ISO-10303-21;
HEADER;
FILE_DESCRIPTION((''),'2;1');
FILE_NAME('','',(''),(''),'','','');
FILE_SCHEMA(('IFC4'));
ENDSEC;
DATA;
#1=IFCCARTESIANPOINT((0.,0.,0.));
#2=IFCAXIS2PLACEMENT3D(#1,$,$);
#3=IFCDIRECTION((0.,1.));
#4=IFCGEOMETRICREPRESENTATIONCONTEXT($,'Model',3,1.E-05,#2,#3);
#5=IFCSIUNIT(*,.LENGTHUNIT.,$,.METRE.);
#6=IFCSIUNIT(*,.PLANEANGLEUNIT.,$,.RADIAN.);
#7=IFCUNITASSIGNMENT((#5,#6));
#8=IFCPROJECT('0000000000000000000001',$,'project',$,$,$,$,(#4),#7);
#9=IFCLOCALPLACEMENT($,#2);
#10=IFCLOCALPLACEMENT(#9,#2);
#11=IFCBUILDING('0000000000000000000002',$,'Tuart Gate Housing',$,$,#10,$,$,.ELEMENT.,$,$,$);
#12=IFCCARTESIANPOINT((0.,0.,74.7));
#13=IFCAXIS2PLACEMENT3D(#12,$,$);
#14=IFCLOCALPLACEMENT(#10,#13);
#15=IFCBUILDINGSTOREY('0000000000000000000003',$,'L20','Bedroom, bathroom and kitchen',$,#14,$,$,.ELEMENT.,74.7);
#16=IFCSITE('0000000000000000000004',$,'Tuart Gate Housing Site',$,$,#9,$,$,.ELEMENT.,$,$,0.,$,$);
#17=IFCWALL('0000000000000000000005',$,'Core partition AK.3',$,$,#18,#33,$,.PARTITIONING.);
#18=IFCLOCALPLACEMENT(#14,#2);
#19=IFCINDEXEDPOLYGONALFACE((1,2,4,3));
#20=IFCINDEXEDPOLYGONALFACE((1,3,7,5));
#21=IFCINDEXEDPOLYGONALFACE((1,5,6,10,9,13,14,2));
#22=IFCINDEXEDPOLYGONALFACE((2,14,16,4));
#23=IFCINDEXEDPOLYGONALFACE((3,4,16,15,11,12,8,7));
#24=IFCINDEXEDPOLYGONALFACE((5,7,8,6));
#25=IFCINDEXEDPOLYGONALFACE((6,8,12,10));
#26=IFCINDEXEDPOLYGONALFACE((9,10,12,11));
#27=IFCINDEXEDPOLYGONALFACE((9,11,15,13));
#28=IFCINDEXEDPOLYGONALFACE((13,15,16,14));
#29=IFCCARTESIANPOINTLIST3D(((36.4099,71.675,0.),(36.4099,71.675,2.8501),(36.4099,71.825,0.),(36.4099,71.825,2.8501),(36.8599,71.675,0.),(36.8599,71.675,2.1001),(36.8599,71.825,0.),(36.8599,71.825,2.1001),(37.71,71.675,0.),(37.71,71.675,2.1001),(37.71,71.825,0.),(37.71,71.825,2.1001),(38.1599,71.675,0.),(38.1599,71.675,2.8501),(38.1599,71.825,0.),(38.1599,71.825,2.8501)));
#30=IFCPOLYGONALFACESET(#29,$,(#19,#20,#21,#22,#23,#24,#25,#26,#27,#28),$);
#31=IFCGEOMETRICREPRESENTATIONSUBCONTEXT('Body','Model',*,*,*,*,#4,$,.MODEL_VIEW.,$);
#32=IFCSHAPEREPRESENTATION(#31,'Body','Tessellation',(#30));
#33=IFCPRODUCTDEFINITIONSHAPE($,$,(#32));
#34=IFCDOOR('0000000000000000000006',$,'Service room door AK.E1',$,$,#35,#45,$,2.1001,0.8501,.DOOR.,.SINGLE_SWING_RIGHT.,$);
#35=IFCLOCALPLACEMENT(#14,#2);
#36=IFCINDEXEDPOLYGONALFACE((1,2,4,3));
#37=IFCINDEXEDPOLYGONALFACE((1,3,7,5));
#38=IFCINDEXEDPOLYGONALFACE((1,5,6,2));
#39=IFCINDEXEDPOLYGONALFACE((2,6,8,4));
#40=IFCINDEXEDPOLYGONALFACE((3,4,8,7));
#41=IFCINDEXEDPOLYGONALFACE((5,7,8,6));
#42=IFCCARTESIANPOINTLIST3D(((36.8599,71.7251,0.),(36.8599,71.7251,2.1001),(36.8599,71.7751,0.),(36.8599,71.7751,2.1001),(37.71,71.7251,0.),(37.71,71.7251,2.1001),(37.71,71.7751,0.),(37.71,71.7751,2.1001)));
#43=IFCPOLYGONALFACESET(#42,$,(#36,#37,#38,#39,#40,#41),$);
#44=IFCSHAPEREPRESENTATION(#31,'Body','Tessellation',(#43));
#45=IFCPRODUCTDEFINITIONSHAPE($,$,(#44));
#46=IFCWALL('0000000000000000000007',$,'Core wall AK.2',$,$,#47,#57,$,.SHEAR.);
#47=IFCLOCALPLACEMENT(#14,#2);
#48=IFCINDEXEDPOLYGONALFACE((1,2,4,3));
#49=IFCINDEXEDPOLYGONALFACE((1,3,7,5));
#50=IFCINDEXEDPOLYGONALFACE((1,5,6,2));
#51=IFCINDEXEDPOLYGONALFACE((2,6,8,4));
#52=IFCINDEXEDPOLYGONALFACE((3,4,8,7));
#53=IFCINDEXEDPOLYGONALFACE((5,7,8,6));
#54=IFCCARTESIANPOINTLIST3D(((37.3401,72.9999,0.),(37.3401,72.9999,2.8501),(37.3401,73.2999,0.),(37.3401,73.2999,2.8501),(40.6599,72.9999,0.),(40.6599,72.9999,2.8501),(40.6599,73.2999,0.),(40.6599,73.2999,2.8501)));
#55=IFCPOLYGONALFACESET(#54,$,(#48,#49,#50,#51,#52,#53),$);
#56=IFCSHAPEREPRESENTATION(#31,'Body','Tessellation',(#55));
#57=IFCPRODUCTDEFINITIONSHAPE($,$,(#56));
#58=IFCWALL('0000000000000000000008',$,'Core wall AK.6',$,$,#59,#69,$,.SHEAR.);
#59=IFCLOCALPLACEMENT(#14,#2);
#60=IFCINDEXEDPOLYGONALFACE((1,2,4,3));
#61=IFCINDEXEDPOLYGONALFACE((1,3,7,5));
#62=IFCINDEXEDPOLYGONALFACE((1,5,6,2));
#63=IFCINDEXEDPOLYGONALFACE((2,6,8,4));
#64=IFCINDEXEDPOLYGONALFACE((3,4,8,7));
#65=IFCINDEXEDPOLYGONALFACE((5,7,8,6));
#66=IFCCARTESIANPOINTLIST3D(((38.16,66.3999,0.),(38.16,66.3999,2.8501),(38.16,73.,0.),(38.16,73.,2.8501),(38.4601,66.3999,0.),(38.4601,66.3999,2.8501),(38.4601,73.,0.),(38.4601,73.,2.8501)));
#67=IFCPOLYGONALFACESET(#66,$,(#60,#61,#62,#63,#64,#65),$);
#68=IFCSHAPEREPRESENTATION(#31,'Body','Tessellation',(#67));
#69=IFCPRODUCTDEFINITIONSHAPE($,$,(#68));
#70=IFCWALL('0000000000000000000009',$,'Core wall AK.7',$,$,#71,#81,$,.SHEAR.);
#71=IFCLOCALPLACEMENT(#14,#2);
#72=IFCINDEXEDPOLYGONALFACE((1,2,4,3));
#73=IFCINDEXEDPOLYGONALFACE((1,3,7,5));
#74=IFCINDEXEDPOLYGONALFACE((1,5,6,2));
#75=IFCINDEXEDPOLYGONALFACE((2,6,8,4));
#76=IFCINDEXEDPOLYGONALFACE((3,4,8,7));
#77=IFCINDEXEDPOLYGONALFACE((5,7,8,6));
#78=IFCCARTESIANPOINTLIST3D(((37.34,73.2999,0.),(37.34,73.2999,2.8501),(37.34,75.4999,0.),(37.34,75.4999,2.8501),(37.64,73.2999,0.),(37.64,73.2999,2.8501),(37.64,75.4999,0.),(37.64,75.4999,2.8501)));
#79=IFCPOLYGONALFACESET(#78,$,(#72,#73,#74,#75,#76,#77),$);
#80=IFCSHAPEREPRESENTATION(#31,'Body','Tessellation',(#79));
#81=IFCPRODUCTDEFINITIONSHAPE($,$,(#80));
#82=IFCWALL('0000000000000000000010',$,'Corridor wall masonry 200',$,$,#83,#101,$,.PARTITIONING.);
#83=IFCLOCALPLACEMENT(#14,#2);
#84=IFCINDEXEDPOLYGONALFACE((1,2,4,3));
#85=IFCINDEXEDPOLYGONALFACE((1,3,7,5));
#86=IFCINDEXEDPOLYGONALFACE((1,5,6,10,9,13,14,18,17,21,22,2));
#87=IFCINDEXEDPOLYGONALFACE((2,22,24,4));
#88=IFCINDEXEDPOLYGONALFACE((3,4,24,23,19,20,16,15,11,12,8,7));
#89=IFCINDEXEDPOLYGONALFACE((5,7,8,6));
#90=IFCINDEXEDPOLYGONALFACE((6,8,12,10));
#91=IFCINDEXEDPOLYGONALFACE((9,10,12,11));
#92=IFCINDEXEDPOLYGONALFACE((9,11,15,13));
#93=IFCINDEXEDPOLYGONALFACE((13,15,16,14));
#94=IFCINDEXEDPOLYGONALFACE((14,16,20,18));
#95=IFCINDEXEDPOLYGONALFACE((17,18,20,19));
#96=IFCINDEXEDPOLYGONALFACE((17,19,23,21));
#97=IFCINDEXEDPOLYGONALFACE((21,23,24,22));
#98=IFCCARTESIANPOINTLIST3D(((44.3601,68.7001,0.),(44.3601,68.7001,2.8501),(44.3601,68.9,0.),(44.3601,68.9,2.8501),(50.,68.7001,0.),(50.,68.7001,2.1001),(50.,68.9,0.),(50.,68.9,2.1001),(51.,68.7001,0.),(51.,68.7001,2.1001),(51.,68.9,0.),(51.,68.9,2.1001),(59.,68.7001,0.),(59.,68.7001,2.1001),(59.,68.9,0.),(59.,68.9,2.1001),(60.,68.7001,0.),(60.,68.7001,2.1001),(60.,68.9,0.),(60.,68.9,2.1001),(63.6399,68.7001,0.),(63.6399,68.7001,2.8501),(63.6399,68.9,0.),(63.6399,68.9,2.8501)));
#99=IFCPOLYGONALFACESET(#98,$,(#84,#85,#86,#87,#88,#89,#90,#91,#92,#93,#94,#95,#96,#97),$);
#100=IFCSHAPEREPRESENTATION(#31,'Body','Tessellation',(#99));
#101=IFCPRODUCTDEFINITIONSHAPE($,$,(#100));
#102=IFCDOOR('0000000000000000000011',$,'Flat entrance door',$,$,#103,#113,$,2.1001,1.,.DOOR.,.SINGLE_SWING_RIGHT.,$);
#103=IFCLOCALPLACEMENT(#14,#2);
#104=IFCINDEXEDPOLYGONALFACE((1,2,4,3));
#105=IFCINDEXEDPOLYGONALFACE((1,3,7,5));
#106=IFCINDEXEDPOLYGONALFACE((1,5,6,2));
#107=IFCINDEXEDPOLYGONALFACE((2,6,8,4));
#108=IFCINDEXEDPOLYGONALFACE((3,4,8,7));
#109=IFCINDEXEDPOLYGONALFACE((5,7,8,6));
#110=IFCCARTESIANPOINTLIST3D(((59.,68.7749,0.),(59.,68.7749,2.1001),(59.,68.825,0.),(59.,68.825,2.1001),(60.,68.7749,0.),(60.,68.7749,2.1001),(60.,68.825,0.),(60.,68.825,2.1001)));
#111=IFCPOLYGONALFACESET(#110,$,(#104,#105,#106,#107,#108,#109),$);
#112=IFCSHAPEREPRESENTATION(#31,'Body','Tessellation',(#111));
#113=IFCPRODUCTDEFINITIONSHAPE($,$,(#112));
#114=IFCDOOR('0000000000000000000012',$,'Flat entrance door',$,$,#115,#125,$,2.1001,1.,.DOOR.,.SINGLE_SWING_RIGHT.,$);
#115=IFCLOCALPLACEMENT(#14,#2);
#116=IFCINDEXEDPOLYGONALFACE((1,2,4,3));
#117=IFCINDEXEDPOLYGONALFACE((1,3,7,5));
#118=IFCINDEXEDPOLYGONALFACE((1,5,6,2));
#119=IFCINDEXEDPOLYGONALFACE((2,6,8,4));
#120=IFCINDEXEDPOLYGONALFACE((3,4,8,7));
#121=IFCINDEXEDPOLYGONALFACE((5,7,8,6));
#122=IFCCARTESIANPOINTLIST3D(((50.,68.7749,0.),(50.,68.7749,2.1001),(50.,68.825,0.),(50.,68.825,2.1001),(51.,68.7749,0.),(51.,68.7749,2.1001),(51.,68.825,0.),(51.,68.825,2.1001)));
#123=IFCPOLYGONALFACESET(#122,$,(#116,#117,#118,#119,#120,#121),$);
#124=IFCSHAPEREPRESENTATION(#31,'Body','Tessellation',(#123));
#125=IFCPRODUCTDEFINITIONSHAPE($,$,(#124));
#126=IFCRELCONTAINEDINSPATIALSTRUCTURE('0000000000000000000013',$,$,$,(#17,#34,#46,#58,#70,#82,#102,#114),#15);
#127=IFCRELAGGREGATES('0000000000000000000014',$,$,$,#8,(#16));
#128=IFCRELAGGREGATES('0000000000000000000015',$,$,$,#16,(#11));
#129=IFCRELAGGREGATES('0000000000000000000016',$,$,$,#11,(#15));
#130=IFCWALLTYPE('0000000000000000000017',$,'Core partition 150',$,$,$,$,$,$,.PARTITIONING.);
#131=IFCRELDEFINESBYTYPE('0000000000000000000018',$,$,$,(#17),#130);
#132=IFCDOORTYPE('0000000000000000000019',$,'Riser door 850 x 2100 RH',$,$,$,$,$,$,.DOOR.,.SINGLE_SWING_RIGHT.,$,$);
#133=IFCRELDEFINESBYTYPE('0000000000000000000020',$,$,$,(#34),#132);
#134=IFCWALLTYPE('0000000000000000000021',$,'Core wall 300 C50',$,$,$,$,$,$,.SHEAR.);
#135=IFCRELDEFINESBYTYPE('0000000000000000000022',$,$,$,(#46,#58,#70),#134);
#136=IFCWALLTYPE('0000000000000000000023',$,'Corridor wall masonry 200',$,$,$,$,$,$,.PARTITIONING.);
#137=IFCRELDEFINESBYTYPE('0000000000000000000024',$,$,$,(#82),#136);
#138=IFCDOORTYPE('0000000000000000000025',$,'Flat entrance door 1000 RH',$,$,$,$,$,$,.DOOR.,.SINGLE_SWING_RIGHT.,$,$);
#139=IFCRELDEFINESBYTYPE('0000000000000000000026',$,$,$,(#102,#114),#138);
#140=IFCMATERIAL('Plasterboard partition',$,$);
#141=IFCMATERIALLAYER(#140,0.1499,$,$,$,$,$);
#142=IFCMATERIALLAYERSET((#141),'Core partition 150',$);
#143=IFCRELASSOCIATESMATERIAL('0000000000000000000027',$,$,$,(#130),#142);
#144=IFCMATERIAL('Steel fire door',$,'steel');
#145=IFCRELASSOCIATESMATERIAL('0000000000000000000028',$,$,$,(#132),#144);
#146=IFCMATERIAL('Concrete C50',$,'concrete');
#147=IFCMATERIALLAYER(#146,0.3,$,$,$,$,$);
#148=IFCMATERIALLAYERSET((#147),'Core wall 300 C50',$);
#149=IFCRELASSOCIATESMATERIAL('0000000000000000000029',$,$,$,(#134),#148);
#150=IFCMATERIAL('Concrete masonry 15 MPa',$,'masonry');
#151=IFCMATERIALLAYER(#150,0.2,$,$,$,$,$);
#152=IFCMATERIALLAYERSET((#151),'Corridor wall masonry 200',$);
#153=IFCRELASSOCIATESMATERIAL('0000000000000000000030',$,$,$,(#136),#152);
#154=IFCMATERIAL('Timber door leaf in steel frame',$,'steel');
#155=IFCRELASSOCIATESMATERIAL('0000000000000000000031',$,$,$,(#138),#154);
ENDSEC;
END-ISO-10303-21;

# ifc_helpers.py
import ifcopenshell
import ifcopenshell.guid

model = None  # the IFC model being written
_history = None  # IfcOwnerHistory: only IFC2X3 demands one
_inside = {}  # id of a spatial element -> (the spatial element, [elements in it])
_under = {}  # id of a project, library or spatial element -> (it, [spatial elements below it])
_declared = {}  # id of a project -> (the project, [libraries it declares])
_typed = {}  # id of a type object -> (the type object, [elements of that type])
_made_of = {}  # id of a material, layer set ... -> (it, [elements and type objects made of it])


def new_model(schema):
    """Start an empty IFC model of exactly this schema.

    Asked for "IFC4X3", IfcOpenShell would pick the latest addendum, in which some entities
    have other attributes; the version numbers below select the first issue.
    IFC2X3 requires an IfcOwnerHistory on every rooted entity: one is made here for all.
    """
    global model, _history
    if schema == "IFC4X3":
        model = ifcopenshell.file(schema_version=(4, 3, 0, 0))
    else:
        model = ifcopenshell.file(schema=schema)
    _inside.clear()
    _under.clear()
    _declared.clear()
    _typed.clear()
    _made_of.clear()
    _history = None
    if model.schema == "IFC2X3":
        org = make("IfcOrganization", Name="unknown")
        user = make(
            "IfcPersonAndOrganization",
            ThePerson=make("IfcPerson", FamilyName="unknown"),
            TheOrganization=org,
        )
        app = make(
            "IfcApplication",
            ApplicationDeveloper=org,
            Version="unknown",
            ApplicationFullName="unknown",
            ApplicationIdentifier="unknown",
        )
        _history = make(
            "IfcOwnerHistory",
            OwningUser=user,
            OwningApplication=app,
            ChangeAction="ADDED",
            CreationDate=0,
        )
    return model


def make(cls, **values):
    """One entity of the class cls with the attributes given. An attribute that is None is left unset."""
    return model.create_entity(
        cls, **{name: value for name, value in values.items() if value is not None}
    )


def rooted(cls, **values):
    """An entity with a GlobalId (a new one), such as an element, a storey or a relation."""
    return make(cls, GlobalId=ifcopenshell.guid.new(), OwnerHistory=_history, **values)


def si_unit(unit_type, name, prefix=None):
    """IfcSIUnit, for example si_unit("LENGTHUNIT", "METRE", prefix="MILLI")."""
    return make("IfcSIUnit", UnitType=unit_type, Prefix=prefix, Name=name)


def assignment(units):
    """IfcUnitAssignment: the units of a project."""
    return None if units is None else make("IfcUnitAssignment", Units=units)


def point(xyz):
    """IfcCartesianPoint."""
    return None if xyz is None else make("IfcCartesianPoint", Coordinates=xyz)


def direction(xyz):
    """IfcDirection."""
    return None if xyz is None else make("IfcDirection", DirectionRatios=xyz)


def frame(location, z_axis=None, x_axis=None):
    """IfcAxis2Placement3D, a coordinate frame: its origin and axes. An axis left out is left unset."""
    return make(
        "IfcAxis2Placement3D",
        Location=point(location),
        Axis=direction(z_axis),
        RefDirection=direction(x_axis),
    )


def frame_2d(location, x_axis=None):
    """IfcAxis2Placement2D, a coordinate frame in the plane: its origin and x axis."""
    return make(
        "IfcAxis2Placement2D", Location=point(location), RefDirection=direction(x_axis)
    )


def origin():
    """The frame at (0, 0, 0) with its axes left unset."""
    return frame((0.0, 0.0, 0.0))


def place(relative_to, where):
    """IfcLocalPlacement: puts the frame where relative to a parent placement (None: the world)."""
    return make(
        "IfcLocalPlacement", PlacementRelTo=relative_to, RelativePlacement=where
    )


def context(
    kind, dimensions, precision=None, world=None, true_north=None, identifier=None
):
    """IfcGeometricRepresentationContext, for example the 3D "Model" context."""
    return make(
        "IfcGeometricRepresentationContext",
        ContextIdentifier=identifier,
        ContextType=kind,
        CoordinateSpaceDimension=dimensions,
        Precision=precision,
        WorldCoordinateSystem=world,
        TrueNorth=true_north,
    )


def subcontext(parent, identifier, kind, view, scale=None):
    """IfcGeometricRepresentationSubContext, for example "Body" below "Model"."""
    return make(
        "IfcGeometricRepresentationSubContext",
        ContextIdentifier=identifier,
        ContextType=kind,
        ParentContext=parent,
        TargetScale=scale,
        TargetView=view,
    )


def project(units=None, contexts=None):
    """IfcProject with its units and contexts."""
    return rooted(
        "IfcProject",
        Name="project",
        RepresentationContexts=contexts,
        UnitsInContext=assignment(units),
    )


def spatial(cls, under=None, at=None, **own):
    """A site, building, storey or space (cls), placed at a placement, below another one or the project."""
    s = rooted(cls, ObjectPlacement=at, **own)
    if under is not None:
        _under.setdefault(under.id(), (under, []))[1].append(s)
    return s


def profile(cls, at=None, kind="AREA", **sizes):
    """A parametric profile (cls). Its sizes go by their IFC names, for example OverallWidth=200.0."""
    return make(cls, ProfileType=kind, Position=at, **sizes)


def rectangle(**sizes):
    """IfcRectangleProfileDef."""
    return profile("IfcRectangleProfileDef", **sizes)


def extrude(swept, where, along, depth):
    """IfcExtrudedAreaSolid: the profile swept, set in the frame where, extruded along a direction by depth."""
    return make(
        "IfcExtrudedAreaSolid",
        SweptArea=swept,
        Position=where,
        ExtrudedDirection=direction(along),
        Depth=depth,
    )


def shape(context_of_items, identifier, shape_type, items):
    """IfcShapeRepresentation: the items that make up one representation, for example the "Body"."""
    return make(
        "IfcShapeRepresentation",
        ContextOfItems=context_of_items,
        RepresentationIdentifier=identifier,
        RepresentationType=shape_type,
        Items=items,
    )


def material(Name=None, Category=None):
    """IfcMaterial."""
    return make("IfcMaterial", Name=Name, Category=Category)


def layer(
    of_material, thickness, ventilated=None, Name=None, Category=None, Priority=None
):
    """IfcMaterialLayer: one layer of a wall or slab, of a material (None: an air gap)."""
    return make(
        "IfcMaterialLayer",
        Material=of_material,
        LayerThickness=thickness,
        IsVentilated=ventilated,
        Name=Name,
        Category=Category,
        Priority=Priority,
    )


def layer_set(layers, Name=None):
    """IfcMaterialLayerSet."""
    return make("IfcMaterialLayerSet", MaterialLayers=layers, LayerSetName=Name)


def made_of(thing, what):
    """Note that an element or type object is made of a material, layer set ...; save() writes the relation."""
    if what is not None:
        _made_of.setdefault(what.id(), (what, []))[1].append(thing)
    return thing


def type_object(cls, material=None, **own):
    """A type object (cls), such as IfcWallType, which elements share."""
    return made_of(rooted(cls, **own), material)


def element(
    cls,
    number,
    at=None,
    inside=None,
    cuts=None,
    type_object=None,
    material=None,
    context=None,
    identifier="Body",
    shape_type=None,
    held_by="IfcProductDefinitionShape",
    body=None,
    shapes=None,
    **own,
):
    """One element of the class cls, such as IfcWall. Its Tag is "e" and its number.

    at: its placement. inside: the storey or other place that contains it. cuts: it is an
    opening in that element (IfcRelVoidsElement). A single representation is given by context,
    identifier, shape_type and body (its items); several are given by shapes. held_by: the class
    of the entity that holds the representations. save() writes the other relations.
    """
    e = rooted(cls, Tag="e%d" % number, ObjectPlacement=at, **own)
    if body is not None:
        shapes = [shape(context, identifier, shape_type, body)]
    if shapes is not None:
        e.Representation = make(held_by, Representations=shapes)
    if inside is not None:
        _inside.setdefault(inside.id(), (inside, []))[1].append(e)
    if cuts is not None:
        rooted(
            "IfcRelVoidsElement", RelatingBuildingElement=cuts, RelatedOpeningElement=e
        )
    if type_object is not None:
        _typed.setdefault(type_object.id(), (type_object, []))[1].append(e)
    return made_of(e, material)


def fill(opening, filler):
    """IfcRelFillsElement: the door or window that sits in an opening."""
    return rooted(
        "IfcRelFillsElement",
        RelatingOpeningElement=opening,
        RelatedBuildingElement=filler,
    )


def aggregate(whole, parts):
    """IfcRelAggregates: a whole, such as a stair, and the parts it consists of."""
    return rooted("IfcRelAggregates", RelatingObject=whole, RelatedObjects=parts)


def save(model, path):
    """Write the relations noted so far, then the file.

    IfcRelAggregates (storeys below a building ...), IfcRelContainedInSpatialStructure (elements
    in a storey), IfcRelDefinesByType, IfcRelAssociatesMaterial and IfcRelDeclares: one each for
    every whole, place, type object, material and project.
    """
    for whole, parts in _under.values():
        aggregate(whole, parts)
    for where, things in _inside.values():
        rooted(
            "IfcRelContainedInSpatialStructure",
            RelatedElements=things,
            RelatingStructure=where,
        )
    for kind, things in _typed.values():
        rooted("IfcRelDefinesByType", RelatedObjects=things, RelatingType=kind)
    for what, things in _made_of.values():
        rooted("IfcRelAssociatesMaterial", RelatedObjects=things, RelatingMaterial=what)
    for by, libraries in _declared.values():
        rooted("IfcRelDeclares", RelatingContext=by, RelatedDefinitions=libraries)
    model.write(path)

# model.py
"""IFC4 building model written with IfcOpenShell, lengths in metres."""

from ifc_helpers import new_model, si_unit, direction, frame, frame_2d, origin, place, context, subcontext, project, spatial, rectangle, extrude, material, layer, layer_set, type_object, element, fill, save


model = new_model("IFC4")

# Units and contexts
model_context = context("Model", 3, precision=1e-05, world=origin(), true_north=direction((0.0, 1.0)))
body_context = subcontext(model_context, "Body", "Model", "MODEL_VIEW")
ifc_project = project(units=[si_unit("LENGTHUNIT", "METRE"), si_unit("PLANEANGLEUNIT", "RADIAN")], contexts=[model_context])

# Site, building, storey
site_placement = place(None, origin())
site = spatial("IfcSite", under=ifc_project, at=site_placement, Name="Tuart Gate Housing Site", CompositionType="ELEMENT", RefElevation=0.0)
building_placement = place(site_placement, origin())
building = spatial("IfcBuilding", under=site, at=building_placement, Name="Tuart Gate Housing", CompositionType="ELEMENT")
storey_placement = place(building_placement, frame((0.0, 0.0, 74.7)))
storey = spatial("IfcBuildingStorey", under=building, at=storey_placement, Name="L20", Description="Bedroom, bathroom and kitchen", CompositionType="ELEMENT", Elevation=74.7)

# Wall, opening, door
ifc_material_1 = material(Name="Plasterboard partition")
ifc_layer_1 = layer(ifc_material_1, 0.1499)
ifc_layer_set_1 = layer_set([ifc_layer_1], Name="Core partition 150")
wall_type_1 = type_object("IfcWallType", Name="Core partition 150", PredefinedType="PARTITIONING", material=ifc_layer_set_1)
wall_1_placement = place(storey_placement, frame((38.1599, 71.75, 0.0), z_axis=(0.0, 0.0, 1.0), x_axis=(-1.0, 0.0, 0.0)))
wall_1 = element("IfcWall", 1, at=wall_1_placement, inside=storey, type_object=wall_type_1, Name="Core partition AK.3", PredefinedType="PARTITIONING", context=body_context, shape_type="SweptSolid", body=[
    extrude(rectangle(XDim=1.75, YDim=0.1499, at=frame_2d((0.875, 0.0))), origin(), (0.0, 0.0, 1.0), 2.8501),
])
opening_1_placement = place(wall_1_placement, frame((0.45, 0.0, 0.0)))
opening_1 = element("IfcOpeningElement", 2, at=opening_1_placement, cuts=wall_1, PredefinedType="OPENING", context=body_context, shape_type="SweptSolid", body=[
    extrude(rectangle(XDim=0.8501, YDim=2.1001, at=frame_2d((0.425, 1.05))), frame((0.0, 0.085, 0.0), z_axis=(0.0, -1.0, 0.0), x_axis=(1.0, 0.0, 0.0)), (0.0, 0.0, 1.0), 0.1699),
])
ifc_material_2 = material(Name="Steel fire door", Category="steel")
door_type_1 = type_object("IfcDoorType", Name="Riser door 850 x 2100 RH", OperationType="SINGLE_SWING_RIGHT", PredefinedType="DOOR", material=ifc_material_2)
door_1_placement = place(opening_1_placement, frame((0.8501, 0.0, 0.0), z_axis=(0.0, 0.0, 1.0), x_axis=(-1.0, 0.0, 0.0)))
door_1 = element("IfcDoor", 3, at=door_1_placement, inside=storey, type_object=door_type_1, Name="Service room door AK.E1", OperationType="SINGLE_SWING_RIGHT", OverallHeight=2.1001, OverallWidth=0.8501, PredefinedType="DOOR", context=body_context, shape_type="SweptSolid", body=[
    extrude(rectangle(XDim=0.8501, YDim=2.1001, at=frame_2d((0.425, 1.05))), frame((0.0, 0.0251, 0.0), z_axis=(0.0, -1.0, 0.0), x_axis=(1.0, 0.0, 0.0)), (0.0, 0.0, 1.0), 0.05),
])
fill(opening_1, door_1)

# Walls
ifc_material_3 = material(Name="Concrete C50", Category="concrete")
ifc_layer_2 = layer(ifc_material_3, 0.3)
ifc_layer_set_2 = layer_set([ifc_layer_2], Name="Core wall 300 C50")
wall_type_2 = type_object("IfcWallType", Name="Core wall 300 C50", PredefinedType="SHEAR", material=ifc_layer_set_2)
wall_2_placement = place(storey_placement, frame((40.6599, 73.1499, 0.0), z_axis=(0.0, 0.0, 1.0), x_axis=(-1.0, 0.0, 0.0)))
element("IfcWall", 4, at=wall_2_placement, inside=storey, type_object=wall_type_2, Name="Core wall AK.2", PredefinedType="SHEAR", context=body_context, shape_type="SweptSolid", body=[
    extrude(rectangle(XDim=3.3198, YDim=0.3, at=frame_2d((1.6599, 0.0))), origin(), (0.0, 0.0, 1.0), 2.8501),
])
wall_3_placement = place(storey_placement, frame((38.3101, 73.0, 0.0), z_axis=(0.0, 0.0, 1.0), x_axis=(0.0, -1.0, 0.0)))
element("IfcWall", 5, at=wall_3_placement, inside=storey, type_object=wall_type_2, Name="Core wall AK.6", PredefinedType="SHEAR", context=body_context, shape_type="SweptSolid", body=[
    extrude(rectangle(XDim=6.6001, YDim=0.3, at=frame_2d((3.3, 0.0))), origin(), (0.0, 0.0, 1.0), 2.8501),
])
wall_4_placement = place(storey_placement, frame((37.49, 75.5, 0.0), z_axis=(0.0, 0.0, 1.0), x_axis=(0.0, -1.0, 0.0)))
element("IfcWall", 6, at=wall_4_placement, inside=storey, type_object=wall_type_2, Name="Core wall AK.7", PredefinedType="SHEAR", context=body_context, shape_type="SweptSolid", body=[
    extrude(rectangle(XDim=2.2, YDim=0.3, at=frame_2d((1.1001, 0.0))), origin(), (0.0, 0.0, 1.0), 2.8501),
])

# Wall, openings, doors
ifc_material_4 = material(Name="Concrete masonry 15 MPa", Category="masonry")
ifc_layer_3 = layer(ifc_material_4, 0.2)
ifc_layer_set_3 = layer_set([ifc_layer_3], Name="Corridor wall masonry 200")
wall_type_3 = type_object("IfcWallType", Name="Corridor wall masonry 200", PredefinedType="PARTITIONING", material=ifc_layer_set_3)
wall_5_placement = place(storey_placement, frame((44.3601, 68.8, 0.0), z_axis=(0.0, 0.0, 1.0), x_axis=(1.0, 0.0, 0.0)))
wall_5 = element("IfcWall", 7, at=wall_5_placement, inside=storey, type_object=wall_type_3, Name="Corridor wall masonry 200", PredefinedType="PARTITIONING", context=body_context, shape_type="SweptSolid", body=[
    extrude(rectangle(XDim=19.2798, YDim=0.2, at=frame_2d((9.6399, 0.0))), origin(), (0.0, 0.0, 1.0), 2.8501),
])
opening_2_placement = place(wall_5_placement, frame((14.6399, 0.0, 0.0)))
opening_2 = element("IfcOpeningElement", 8, at=opening_2_placement, cuts=wall_5, PredefinedType="OPENING", context=body_context, shape_type="SweptSolid", body=[
    extrude(rectangle(XDim=1.0, YDim=2.1001, at=frame_2d((0.5, 1.05))), frame((0.0, 0.1099, 0.0), z_axis=(0.0, -1.0, 0.0), x_axis=(1.0, 0.0, 0.0)), (0.0, 0.0, 1.0), 0.22),
])
opening_3_placement = place(wall_5_placement, frame((5.6399, 0.0, 0.0)))
opening_3 = element("IfcOpeningElement", 9, at=opening_3_placement, cuts=wall_5, PredefinedType="OPENING", context=body_context, shape_type="SweptSolid", body=[
    extrude(rectangle(XDim=1.0, YDim=2.1001, at=frame_2d((0.5, 1.05))), frame((0.0, 0.1099, 0.0), z_axis=(0.0, -1.0, 0.0), x_axis=(1.0, 0.0, 0.0)), (0.0, 0.0, 1.0), 0.22),
])
ifc_material_5 = material(Name="Timber door leaf in steel frame", Category="steel")
door_type_2 = type_object("IfcDoorType", Name="Flat entrance door 1000 RH", OperationType="SINGLE_SWING_RIGHT", PredefinedType="DOOR", material=ifc_material_5)
door_2_placement = place(opening_2_placement, frame((1.0, 0.0, 0.0), z_axis=(0.0, 0.0, 1.0), x_axis=(-1.0, 0.0, 0.0)))
door_2 = element("IfcDoor", 10, at=door_2_placement, inside=storey, type_object=door_type_2, Name="Flat entrance door", OperationType="SINGLE_SWING_RIGHT", OverallHeight=2.1001, OverallWidth=1.0, PredefinedType="DOOR", context=body_context, shape_type="SweptSolid", body=[
    extrude(rectangle(XDim=1.0, YDim=2.1001, at=frame_2d((0.5, 1.05))), frame((0.0, 0.0251, 0.0), z_axis=(0.0, -1.0, 0.0), x_axis=(1.0, 0.0, 0.0)), (0.0, 0.0, 1.0), 0.05),
])
fill(opening_2, door_2)
door_3_placement = place(opening_3_placement, frame((1.0, 0.0, 0.0), z_axis=(0.0, 0.0, 1.0), x_axis=(-1.0, 0.0, 0.0)))
door_3 = element("IfcDoor", 11, at=door_3_placement, inside=storey, type_object=door_type_2, Name="Flat entrance door", OperationType="SINGLE_SWING_RIGHT", OverallHeight=2.1001, OverallWidth=1.0, PredefinedType="DOOR", context=body_context, shape_type="SweptSolid", body=[
    extrude(rectangle(XDim=1.0, YDim=2.1001, at=frame_2d((0.5, 1.05))), frame((0.0, 0.0251, 0.0), z_axis=(0.0, -1.0, 0.0), x_axis=(1.0, 0.0, 0.0)), (0.0, 0.0, 1.0), 0.05),
])
fill(opening_3, door_3)

save(model, "model.ifc")
